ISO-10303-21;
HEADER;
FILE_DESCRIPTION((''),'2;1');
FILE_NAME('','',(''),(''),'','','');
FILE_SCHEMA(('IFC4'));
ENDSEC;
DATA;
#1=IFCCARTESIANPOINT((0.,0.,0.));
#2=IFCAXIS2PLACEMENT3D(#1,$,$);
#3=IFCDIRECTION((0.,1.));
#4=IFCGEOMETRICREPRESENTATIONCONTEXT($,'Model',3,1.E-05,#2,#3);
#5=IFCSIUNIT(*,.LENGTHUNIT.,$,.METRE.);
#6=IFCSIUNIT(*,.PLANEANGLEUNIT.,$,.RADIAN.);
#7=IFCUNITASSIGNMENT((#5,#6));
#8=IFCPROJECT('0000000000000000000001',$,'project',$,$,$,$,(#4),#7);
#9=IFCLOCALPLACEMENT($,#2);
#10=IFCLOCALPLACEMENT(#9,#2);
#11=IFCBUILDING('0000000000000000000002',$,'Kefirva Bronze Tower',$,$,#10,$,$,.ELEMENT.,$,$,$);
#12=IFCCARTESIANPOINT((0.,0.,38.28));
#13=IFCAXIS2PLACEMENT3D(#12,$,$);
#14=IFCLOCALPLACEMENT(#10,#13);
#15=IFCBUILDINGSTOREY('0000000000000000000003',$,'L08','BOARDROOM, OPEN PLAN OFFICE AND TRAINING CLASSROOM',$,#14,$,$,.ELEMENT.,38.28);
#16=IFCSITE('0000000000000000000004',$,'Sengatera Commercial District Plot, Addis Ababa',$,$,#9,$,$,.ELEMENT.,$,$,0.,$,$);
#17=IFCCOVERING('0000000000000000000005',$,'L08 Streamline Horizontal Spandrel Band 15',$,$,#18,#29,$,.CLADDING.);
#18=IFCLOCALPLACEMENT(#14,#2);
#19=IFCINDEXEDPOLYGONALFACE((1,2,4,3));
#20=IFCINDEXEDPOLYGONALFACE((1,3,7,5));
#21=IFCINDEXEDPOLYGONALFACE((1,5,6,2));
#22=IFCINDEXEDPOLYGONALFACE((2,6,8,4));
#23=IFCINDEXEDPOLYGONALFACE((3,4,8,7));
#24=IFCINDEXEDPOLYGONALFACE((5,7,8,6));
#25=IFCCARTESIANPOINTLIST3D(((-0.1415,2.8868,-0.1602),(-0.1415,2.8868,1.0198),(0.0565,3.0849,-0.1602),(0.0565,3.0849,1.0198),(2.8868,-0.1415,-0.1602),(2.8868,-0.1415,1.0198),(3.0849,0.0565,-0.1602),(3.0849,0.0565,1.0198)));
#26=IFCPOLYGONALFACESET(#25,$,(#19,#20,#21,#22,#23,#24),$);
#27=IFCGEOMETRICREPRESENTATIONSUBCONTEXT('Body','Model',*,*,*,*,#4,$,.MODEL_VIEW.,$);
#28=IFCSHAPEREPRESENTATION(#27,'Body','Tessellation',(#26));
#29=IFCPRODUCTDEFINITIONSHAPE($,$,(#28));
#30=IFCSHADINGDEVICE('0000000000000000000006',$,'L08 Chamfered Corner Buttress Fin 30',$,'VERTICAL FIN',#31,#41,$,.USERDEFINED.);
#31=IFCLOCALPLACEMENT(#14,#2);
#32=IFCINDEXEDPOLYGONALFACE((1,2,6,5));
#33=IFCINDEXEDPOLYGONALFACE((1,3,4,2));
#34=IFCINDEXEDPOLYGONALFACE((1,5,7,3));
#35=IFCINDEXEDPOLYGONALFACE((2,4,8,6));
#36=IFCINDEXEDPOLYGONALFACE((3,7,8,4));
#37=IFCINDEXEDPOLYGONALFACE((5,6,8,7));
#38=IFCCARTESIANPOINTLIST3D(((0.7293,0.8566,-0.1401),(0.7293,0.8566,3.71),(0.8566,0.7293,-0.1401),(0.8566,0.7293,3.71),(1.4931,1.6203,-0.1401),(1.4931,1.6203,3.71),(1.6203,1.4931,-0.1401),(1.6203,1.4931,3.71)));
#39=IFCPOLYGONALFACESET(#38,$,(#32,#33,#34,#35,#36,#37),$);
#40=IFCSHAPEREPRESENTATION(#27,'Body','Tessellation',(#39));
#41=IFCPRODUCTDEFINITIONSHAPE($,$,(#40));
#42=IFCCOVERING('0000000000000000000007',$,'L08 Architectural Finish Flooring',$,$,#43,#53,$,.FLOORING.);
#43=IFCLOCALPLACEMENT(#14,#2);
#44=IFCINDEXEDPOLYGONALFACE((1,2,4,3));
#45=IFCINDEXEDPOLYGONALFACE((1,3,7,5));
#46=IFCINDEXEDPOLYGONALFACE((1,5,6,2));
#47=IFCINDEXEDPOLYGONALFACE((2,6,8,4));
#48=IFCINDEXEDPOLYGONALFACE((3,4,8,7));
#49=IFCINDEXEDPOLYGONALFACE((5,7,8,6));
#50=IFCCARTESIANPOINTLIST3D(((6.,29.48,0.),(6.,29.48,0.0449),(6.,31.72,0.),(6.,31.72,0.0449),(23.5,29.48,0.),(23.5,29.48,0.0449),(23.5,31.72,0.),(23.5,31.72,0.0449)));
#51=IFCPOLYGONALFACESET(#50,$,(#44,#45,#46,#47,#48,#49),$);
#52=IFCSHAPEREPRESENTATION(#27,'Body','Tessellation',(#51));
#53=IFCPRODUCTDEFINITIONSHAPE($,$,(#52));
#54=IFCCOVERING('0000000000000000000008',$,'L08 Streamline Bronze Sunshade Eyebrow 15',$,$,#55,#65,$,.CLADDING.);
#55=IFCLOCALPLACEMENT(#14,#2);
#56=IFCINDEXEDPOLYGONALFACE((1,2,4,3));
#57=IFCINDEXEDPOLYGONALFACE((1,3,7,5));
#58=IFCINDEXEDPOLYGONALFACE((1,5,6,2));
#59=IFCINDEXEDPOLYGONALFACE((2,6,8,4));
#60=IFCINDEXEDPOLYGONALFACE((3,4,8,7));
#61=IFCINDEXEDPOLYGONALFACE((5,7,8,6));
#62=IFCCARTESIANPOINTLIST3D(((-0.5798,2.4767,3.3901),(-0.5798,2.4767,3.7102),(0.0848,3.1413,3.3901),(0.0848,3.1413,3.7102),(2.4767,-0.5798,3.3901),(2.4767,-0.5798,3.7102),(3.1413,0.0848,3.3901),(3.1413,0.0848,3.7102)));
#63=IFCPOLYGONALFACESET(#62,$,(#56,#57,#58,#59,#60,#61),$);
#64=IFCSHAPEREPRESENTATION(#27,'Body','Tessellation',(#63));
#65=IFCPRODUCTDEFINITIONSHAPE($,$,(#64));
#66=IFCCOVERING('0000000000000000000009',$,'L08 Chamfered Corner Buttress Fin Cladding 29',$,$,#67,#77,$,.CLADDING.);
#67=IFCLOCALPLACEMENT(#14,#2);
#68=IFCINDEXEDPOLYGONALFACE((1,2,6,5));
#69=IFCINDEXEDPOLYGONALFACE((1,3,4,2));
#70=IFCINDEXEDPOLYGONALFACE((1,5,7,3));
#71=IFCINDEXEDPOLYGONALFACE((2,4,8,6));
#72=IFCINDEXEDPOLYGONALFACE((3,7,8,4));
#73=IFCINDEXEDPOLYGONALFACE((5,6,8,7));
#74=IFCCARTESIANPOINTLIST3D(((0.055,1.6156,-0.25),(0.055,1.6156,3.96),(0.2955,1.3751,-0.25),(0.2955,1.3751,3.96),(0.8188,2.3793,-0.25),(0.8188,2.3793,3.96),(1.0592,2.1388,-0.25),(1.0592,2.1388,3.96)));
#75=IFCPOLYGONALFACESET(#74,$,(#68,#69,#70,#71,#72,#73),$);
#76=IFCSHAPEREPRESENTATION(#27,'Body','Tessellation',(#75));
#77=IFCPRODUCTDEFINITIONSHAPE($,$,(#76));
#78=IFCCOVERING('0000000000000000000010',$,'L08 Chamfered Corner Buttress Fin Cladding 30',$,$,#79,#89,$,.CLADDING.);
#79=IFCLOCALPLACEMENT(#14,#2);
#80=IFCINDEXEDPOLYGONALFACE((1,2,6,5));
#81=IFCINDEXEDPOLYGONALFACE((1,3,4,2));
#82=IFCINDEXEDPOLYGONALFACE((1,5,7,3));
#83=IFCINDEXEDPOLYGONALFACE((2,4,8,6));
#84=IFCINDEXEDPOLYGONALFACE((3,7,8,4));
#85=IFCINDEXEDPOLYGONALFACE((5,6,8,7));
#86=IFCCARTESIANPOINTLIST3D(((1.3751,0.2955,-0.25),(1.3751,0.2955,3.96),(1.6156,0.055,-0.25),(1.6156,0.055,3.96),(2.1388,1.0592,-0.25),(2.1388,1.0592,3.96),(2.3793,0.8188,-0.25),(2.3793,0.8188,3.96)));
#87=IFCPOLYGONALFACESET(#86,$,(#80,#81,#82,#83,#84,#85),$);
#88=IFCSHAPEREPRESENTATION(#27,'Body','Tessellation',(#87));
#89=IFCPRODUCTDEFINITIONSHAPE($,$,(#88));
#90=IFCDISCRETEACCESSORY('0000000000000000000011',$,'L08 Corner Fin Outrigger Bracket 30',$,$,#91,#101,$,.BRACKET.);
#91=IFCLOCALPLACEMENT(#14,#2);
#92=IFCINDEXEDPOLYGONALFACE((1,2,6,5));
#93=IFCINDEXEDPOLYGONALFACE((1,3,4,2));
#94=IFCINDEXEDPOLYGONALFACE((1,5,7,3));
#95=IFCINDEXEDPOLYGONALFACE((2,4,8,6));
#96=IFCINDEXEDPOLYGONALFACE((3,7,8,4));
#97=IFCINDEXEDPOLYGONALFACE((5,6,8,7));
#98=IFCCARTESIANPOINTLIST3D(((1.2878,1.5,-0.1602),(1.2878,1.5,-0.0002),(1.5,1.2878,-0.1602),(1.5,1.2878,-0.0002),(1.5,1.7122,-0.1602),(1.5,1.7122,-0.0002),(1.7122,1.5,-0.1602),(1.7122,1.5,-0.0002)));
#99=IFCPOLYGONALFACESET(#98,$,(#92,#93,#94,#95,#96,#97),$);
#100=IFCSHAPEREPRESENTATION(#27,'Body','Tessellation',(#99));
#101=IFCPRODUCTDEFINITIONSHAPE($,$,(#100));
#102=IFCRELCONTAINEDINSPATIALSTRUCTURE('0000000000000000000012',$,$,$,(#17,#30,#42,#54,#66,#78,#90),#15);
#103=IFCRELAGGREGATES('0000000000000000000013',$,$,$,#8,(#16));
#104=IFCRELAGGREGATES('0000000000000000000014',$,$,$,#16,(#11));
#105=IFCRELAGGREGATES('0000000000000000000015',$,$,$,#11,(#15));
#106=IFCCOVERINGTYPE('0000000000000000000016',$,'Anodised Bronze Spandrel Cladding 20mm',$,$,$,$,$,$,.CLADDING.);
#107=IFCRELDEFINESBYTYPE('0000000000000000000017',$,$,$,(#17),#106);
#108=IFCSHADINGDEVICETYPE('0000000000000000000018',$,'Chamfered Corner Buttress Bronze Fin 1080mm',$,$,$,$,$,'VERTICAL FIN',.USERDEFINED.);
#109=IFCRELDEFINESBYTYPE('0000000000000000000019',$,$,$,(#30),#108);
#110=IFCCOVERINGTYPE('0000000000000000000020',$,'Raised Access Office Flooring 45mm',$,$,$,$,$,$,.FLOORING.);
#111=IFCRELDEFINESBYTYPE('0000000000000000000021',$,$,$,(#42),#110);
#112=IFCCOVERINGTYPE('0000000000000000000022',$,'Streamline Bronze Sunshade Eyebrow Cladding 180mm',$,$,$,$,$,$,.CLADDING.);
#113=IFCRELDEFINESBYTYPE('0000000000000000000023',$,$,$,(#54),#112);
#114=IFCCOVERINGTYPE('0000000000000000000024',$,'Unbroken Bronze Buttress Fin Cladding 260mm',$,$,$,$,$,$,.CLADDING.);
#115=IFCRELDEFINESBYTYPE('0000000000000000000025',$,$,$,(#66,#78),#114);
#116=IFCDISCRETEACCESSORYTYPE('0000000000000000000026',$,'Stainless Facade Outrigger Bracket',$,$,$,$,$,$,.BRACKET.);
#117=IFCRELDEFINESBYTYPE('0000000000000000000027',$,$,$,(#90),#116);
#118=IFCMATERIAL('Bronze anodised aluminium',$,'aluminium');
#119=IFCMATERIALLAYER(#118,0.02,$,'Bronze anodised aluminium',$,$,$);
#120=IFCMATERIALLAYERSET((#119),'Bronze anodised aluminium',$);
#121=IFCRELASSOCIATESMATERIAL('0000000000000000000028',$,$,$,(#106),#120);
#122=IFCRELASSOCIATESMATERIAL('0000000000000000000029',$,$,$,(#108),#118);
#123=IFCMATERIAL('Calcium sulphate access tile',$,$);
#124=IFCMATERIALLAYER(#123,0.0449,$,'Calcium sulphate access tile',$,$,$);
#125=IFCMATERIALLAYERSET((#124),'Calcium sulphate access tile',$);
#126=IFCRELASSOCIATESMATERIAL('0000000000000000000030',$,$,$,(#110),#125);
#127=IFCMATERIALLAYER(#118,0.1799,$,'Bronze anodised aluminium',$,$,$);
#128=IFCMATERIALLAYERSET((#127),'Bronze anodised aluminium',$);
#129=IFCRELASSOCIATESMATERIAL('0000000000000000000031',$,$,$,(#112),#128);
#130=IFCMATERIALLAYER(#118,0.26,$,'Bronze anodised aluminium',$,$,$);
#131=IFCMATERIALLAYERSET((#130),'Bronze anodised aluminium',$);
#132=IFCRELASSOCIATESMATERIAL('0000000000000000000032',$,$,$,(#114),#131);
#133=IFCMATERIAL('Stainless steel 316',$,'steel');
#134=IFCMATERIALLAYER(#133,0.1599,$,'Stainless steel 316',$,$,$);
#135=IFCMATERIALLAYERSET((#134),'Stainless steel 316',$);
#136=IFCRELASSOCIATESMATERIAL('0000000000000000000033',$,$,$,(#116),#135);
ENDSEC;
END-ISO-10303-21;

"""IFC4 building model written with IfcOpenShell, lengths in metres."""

from ifc_helpers import new_model, si_unit, direction, frame, origin, origin_2d, place, context, subcontext, project, spatial, polyline, rectangle, outline, extrude, material, layer, layer_set, material_profile, profile_set, type_object, element, save


model = new_model("IFC4")

# Units and contexts
model_context = context("Model", 3, precision=1e-05, world=origin(), true_north=direction((0.0, 1.0)))
body_context = subcontext(model_context, "Body", "Model", "MODEL_VIEW")
ifc_project = project(units=[si_unit("LENGTHUNIT", "METRE"), si_unit("PLANEANGLEUNIT", "RADIAN")], contexts=[model_context])

# Site, building, storey
site_placement = place(None, origin())
site = spatial("IfcSite", under=ifc_project, at=site_placement, Name="Sengatera Commercial District Plot, Addis Ababa", CompositionType="ELEMENT", RefElevation=0.0)
building_placement = place(site_placement, origin())
building = spatial("IfcBuilding", under=site, at=building_placement, Name="Kefirva Bronze Tower", CompositionType="ELEMENT")
storey_placement = place(building_placement, frame((0.0, 0.0, 38.28)))
storey = spatial("IfcBuildingStorey", under=building, at=storey_placement, Name="L08", Description="BOARDROOM, OPEN PLAN OFFICE AND TRAINING CLASSROOM", CompositionType="ELEMENT", Elevation=38.28)

# Shared definitions
ifc_material_1 = material(Name="Bronze anodised aluminium", Category="aluminium")

# Covering
ifc_layer_1 = layer(ifc_material_1, 0.02, Name="Bronze anodised aluminium")
ifc_layer_set_1 = layer_set([ifc_layer_1], Name="Bronze anodised aluminium")
covering_type_1 = type_object("IfcCoveringType", Name="Anodised Bronze Spandrel Cladding 20mm", PredefinedType="CLADDING", material=ifc_layer_set_1)
covering_1_placement = place(storey_placement, frame((1.4717, 1.4717, -0.1602), z_axis=(0.0, 0.0, 1.0), x_axis=(0.707107, -0.707107, 0.0)))
element("IfcCovering", 1, at=covering_1_placement, inside=storey, type_object=covering_type_1, Name="L08 Streamline Horizontal Spandrel Band 15", PredefinedType="CLADDING", context=body_context, shape_type="SweptSolid", body=[
    extrude(rectangle(XDim=4.2827, YDim=0.28, at=origin_2d()), origin(), (0.0, 0.0, 1.0), 1.1799),
])

# Shading device
ifc_material_profile_1 = material_profile(ifc_material_1, rectangle(XDim=0.1799, YDim=1.0801, at=origin_2d()), Name="BRONZE BUTTRESS FIN 180x1080")
ifc_profile_set_1 = profile_set([ifc_material_profile_1], Name="Bronze anodised aluminium")
shading_device_type = type_object("IfcShadingDeviceType", Name="Chamfered Corner Buttress Bronze Fin 1080mm", ElementType="VERTICAL FIN", PredefinedType="USERDEFINED", material=ifc_profile_set_1)
shading_device_placement = place(storey_placement, frame((1.1748, 1.1748, -0.1401), z_axis=(0.0, 0.0, 1.0), x_axis=(0.707107, -0.707107, 0.0)))
element("IfcShadingDevice", 2, at=shading_device_placement, inside=storey, type_object=shading_device_type, Name="L08 Chamfered Corner Buttress Fin 30", ObjectType="VERTICAL FIN", PredefinedType="USERDEFINED", context=body_context, shape_type="SweptSolid", body=[
    extrude(rectangle(XDim=0.1799, YDim=1.0801, at=origin_2d()), origin(), (0.0, 0.0, 1.0), 3.8501),
])

# Coverings
ifc_material_2 = material(Name="Calcium sulphate access tile")
ifc_layer_2 = layer(ifc_material_2, 0.0449, Name="Calcium sulphate access tile")
ifc_layer_set_2 = layer_set([ifc_layer_2], Name="Calcium sulphate access tile")
covering_type_2 = type_object("IfcCoveringType", Name="Raised Access Office Flooring 45mm", PredefinedType="FLOORING", material=ifc_layer_set_2)
covering_2_placement = place(storey_placement, origin())
element("IfcCovering", 3, at=covering_2_placement, inside=storey, type_object=covering_type_2, Name="L08 Architectural Finish Flooring", PredefinedType="FLOORING", context=body_context, shape_type="SweptSolid", body=[
    extrude(outline(polyline([(6.0, 29.48), (23.5, 29.48), (23.5, 31.72), (6.0, 31.72), (6.0, 29.48)])), origin(), (0.0, 0.0, 1.0), 0.0449),
])
ifc_layer_3 = layer(ifc_material_1, 0.1799, Name="Bronze anodised aluminium")
ifc_layer_set_3 = layer_set([ifc_layer_3], Name="Bronze anodised aluminium")
covering_type_3 = type_object("IfcCoveringType", Name="Streamline Bronze Sunshade Eyebrow Cladding 180mm", PredefinedType="CLADDING", material=ifc_layer_set_3)
covering_3_placement = place(storey_placement, frame((1.2808, 1.2808, 3.3901), z_axis=(0.0, 0.0, 1.0), x_axis=(0.707107, -0.707107, 0.0)))
element("IfcCovering", 4, at=covering_3_placement, inside=storey, type_object=covering_type_3, Name="L08 Streamline Bronze Sunshade Eyebrow 15", PredefinedType="CLADDING", context=body_context, shape_type="SweptSolid", body=[
    extrude(rectangle(XDim=4.3225, YDim=0.9399, at=origin_2d()), origin(), (0.0, 0.0, 1.0), 0.3201),
])
ifc_layer_4 = layer(ifc_material_1, 0.26, Name="Bronze anodised aluminium")
ifc_layer_set_4 = layer_set([ifc_layer_4], Name="Bronze anodised aluminium")
covering_type_4 = type_object("IfcCoveringType", Name="Unbroken Bronze Buttress Fin Cladding 260mm", PredefinedType="CLADDING", material=ifc_layer_set_4)
for number, where, z_axis, x_axis, name in (
    (5, (0.5571, 1.8772, -0.25), (0.0, 0.0, 1.0), (0.707107, -0.707107, 0.0), "L08 Chamfered Corner Buttress Fin Cladding 29"),
    (6, (1.8772, 0.5571, -0.25), (0.0, 0.0, 1.0), (0.707107, -0.707107, 0.0), "L08 Chamfered Corner Buttress Fin Cladding 30"),
):
    element("IfcCovering", number, at=place(storey_placement, frame(where, z_axis=z_axis, x_axis=x_axis)), inside=storey, type_object=covering_type_4, Name=name, PredefinedType="CLADDING", context=body_context, shape_type="SweptSolid", body=[
        extrude(rectangle(XDim=0.3401, YDim=1.0801, at=origin_2d()), origin(), (0.0, 0.0, 1.0), 4.21),
    ])

# Discrete accessory
ifc_material_3 = material(Name="Stainless steel 316", Category="steel")
ifc_layer_5 = layer(ifc_material_3, 0.1599, Name="Stainless steel 316")
ifc_layer_set_5 = layer_set([ifc_layer_5], Name="Stainless steel 316")
discrete_accessory_type = type_object("IfcDiscreteAccessoryType", Name="Stainless Facade Outrigger Bracket", PredefinedType="BRACKET", material=ifc_layer_set_5)
discrete_accessory_placement = place(storey_placement, frame((1.5, 1.5, -0.1602), z_axis=(0.0, 0.0, 1.0), x_axis=(0.707107, -0.707107, 0.0)))
element("IfcDiscreteAccessory", 7, at=discrete_accessory_placement, inside=storey, type_object=discrete_accessory_type, Name="L08 Corner Fin Outrigger Bracket 30", PredefinedType="BRACKET", context=body_context, shape_type="SweptSolid", body=[
    extrude(rectangle(XDim=0.3, YDim=0.3, at=origin_2d()), origin(), (0.0, 0.0, 1.0), 0.1599),
])

save(model, "model.ifc")
